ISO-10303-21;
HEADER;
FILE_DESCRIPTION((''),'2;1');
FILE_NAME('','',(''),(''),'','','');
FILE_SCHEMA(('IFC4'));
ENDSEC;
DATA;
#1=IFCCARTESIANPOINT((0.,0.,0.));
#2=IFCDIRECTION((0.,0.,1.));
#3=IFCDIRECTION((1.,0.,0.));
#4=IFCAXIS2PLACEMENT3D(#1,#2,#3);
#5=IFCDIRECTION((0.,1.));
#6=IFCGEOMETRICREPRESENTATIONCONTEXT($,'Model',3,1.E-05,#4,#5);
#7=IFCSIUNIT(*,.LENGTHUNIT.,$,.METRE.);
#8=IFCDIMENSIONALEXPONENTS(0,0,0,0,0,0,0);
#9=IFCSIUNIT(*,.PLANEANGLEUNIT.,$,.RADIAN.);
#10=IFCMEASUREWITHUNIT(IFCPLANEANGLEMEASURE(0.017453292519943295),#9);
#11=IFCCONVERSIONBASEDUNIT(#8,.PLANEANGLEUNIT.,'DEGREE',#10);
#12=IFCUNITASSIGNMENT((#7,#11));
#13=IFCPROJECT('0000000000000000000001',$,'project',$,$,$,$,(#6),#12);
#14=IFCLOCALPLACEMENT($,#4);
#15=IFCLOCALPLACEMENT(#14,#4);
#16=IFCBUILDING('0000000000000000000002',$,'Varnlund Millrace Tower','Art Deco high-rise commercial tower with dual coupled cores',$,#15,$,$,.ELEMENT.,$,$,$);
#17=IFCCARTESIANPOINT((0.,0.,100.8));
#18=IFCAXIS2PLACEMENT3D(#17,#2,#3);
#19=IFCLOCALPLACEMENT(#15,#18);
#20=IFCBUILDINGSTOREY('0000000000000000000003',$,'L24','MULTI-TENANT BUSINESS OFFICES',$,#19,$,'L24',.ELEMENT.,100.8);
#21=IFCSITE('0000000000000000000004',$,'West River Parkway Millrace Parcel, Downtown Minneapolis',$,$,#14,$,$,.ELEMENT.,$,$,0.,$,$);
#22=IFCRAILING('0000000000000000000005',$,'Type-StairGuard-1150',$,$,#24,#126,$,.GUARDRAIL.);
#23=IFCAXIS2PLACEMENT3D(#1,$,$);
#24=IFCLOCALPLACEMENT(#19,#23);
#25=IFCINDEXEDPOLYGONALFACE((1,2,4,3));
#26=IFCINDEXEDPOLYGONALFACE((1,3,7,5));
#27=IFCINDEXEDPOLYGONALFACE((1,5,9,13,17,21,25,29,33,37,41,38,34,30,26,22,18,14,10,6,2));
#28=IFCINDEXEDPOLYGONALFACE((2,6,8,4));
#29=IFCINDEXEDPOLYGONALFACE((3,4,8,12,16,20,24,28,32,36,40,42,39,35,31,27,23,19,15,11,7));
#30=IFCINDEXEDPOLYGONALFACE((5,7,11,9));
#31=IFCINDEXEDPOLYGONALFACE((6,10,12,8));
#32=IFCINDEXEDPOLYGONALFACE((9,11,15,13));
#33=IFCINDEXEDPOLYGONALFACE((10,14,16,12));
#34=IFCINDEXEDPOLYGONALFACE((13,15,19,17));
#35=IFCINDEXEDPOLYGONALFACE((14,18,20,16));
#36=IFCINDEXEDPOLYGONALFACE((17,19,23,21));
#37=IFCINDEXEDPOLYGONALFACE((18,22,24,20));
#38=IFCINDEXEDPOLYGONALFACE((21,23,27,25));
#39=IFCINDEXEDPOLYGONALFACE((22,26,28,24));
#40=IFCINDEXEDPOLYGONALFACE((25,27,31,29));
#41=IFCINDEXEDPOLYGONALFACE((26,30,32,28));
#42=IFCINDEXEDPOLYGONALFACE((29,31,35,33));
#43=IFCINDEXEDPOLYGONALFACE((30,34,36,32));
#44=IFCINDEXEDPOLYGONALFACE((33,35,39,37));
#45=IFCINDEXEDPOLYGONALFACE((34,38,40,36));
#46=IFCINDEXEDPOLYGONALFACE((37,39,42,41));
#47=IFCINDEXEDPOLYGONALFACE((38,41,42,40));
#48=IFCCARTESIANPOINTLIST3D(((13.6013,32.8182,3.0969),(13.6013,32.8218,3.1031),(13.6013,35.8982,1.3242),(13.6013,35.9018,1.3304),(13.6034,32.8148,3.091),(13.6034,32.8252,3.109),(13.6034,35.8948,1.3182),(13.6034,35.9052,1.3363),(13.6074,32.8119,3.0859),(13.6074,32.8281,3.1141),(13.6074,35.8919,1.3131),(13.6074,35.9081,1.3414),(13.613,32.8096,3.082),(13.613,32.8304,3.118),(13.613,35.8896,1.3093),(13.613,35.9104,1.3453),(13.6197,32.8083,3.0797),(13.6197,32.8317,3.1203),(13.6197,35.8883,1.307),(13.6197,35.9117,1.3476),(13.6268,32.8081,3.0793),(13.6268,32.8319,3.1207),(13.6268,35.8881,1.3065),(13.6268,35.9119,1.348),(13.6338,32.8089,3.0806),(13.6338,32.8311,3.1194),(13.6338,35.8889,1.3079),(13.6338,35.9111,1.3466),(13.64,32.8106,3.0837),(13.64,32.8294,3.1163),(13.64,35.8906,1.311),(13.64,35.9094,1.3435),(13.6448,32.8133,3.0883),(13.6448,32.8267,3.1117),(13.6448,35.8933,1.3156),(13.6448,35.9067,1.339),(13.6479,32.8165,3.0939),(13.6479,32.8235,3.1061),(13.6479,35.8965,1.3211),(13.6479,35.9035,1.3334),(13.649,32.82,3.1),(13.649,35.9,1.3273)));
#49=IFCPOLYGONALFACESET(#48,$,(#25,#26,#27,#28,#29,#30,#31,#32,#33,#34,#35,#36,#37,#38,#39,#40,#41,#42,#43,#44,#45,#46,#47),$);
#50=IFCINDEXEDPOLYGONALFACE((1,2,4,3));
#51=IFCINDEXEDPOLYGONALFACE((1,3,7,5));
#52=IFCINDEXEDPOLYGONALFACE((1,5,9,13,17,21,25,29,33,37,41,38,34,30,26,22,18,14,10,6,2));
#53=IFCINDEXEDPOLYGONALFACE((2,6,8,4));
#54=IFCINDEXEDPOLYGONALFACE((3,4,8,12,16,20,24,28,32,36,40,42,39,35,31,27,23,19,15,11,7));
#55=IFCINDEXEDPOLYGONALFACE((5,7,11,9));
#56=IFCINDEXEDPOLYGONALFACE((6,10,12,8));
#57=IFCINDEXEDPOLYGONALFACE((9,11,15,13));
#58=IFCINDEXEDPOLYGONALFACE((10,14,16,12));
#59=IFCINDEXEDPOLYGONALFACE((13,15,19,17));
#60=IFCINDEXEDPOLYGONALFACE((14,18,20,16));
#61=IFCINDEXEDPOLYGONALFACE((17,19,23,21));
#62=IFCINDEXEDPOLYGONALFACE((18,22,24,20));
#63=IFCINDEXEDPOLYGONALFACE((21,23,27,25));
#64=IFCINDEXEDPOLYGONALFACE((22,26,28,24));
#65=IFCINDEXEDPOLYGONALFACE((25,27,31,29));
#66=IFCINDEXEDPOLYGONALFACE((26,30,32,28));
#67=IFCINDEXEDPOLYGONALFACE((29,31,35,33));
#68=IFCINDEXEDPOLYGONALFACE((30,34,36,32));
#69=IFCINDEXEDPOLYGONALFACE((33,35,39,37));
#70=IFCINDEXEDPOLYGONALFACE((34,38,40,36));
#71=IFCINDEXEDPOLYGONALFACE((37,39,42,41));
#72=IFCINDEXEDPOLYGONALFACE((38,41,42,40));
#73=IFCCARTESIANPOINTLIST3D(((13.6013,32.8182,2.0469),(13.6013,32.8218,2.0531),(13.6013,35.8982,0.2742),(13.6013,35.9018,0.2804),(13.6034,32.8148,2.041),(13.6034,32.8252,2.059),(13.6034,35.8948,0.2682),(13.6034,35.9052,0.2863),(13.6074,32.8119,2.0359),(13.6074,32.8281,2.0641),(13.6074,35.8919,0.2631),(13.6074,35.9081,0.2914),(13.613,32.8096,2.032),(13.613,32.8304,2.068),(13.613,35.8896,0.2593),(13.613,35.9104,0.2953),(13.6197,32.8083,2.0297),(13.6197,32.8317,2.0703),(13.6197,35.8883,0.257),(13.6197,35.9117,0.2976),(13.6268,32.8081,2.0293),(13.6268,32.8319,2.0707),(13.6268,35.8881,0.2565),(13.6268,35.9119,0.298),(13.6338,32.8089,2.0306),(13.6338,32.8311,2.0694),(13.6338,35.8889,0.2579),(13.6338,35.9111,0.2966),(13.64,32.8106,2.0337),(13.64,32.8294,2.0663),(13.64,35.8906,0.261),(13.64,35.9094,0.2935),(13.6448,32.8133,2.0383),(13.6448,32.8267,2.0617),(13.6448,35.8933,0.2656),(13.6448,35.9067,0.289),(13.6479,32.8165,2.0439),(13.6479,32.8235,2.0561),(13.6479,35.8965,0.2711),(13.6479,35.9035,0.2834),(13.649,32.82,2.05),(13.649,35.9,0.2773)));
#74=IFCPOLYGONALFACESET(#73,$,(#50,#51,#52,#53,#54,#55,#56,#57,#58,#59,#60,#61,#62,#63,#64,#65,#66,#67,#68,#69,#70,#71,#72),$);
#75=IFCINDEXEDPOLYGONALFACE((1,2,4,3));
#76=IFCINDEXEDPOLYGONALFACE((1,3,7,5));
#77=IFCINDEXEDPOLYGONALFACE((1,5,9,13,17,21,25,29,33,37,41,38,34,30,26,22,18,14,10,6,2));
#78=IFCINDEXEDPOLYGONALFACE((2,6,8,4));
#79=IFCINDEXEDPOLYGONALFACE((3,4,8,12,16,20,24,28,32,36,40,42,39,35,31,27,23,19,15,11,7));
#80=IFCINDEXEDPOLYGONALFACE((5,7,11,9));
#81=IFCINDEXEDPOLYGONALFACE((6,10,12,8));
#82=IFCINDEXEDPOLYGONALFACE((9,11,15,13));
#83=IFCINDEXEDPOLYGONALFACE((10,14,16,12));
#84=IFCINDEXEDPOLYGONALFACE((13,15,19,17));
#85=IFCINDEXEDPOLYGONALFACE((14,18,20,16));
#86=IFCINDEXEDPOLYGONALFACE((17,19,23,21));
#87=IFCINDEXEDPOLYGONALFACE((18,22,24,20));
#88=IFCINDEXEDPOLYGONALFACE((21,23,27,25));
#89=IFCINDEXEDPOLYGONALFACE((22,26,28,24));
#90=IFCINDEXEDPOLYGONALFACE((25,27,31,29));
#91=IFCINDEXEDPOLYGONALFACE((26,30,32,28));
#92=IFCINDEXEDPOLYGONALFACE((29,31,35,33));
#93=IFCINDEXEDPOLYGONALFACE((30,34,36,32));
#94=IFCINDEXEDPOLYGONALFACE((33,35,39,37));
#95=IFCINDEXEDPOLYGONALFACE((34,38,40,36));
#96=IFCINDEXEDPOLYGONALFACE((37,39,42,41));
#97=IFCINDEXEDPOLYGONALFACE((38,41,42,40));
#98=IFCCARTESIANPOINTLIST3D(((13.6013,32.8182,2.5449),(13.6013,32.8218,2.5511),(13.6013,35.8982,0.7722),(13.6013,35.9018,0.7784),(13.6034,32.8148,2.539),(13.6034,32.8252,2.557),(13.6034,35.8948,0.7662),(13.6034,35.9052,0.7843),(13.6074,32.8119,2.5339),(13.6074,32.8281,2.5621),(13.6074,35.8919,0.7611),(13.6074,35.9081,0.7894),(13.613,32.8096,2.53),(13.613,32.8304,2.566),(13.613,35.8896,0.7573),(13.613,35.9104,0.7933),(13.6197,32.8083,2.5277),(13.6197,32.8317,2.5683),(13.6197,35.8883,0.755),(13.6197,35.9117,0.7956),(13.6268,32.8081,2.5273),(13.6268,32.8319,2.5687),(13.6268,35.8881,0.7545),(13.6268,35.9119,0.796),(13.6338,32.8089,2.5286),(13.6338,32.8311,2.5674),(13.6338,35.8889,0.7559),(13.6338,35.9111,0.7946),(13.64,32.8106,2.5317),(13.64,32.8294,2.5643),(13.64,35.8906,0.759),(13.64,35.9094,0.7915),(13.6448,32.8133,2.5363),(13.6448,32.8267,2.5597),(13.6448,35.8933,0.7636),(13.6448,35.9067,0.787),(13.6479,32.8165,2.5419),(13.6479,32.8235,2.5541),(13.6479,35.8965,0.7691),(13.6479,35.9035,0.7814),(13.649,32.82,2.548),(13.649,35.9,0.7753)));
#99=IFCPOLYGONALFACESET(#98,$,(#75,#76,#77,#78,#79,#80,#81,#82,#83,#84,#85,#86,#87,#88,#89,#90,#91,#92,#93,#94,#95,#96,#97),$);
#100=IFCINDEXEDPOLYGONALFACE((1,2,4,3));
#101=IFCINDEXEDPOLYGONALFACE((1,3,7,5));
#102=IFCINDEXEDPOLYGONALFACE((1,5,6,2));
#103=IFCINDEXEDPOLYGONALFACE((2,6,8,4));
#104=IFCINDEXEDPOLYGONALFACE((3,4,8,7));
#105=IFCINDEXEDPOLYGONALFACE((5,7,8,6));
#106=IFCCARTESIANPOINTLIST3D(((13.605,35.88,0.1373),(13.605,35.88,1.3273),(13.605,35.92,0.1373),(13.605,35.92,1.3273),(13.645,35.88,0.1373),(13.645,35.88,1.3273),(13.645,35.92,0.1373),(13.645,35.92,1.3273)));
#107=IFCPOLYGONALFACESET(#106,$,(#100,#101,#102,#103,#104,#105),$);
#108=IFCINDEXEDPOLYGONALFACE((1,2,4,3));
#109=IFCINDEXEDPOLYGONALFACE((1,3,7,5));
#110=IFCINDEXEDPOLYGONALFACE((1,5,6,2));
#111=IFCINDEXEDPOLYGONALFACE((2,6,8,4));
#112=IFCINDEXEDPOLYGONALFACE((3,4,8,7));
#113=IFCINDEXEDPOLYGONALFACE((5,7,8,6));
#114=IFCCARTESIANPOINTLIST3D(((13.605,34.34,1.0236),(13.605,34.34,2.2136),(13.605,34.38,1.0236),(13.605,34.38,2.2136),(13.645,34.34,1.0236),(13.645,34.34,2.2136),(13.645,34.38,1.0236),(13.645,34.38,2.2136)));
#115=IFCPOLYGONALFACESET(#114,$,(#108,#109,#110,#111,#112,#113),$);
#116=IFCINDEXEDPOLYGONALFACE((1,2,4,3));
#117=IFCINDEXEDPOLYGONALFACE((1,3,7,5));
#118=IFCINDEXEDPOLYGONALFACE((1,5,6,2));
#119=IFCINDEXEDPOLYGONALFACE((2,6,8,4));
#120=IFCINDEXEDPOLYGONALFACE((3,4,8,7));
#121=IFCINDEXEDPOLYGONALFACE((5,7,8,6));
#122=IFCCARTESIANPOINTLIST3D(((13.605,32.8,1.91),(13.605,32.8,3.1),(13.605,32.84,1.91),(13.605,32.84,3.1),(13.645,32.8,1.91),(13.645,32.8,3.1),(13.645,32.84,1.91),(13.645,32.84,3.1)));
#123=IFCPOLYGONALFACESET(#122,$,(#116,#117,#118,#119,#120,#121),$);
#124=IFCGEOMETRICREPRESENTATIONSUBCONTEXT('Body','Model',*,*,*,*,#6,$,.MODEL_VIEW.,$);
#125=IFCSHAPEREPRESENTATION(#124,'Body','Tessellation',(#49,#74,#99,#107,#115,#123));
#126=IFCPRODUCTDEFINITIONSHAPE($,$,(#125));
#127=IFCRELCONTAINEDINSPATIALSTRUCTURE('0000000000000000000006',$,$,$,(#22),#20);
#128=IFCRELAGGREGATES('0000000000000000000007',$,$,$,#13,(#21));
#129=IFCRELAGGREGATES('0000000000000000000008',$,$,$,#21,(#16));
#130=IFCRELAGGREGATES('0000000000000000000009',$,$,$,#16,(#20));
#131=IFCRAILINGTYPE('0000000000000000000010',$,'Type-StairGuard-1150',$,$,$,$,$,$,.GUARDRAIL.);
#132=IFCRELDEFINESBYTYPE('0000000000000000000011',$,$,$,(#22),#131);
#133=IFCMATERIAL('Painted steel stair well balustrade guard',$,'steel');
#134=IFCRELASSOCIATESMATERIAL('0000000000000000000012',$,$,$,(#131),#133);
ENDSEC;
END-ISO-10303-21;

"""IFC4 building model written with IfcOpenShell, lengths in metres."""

from ifc_helpers import new_model, entity, si_unit, converted_unit, direction, frame, origin_with_axes, origin_2d_with_axis, place, context, subcontext, project, spatial, rectangle, circle, extrude, material, type_object, element, save


model = new_model("IFC4")

# Units and contexts
model_context = context("Model", 3, precision=1e-05, world=origin_with_axes(), true_north=direction((0.0, 1.0)))
body_context = subcontext(model_context, "Body", "Model", "MODEL_VIEW")
ifc_project = project(units=[si_unit("LENGTHUNIT", "METRE"), converted_unit("PLANEANGLEUNIT", "DEGREE", entity("IfcPlaneAngleMeasure", 0.017453292519943295), si_unit("PLANEANGLEUNIT", "RADIAN"), dimensions=[0, 0, 0, 0, 0, 0, 0])], contexts=[model_context])

# Site, building, storey
site_placement = place(None, origin_with_axes())
site = spatial("IfcSite", under=ifc_project, at=site_placement, Name="West River Parkway Millrace Parcel, Downtown Minneapolis", CompositionType="ELEMENT", RefElevation=0.0)
building_placement = place(site_placement, origin_with_axes())
building = spatial("IfcBuilding", under=site, at=building_placement, Name="Varnlund Millrace Tower", Description="Art Deco high-rise commercial tower with dual coupled cores", CompositionType="ELEMENT")
storey_placement = place(building_placement, frame((0.0, 0.0, 100.8), z_axis=(0.0, 0.0, 1.0), x_axis=(1.0, 0.0, 0.0)))
storey = spatial("IfcBuildingStorey", under=building, at=storey_placement, Name="L24", Description="MULTI-TENANT BUSINESS OFFICES", LongName="L24", CompositionType="ELEMENT", Elevation=100.8)

# Railing
ifc_material_1 = material(Name="Painted steel stair well balustrade guard", Category="steel")
railing_type_1 = type_object("IfcRailingType", Name="Type-StairGuard-1150", PredefinedType="GUARDRAIL", material=ifc_material_1)
railing_1_placement = place(storey_placement, frame((0.0, 0.0, -100.8), z_axis=(0.0, 0.0, 1.0), x_axis=(1.0, 0.0, 0.0)))
element("IfcRailing", 1, at=railing_1_placement, inside=storey, type_object=railing_type_1, Name="Type-StairGuard-1150", PredefinedType="GUARDRAIL", context=body_context, shape_type="SweptSolid", body=[
    extrude(circle(Radius=0.024, at=origin_2d_with_axis()), frame((13.625, 35.9, 102.1273), z_axis=(0.0, -0.866696, 0.498836), x_axis=(1.0, 0.0, 0.0)), (0.0, 0.0, 1.0), 3.5537),
    extrude(circle(Radius=0.024, at=origin_2d_with_axis()), frame((13.625, 35.9, 101.0773), z_axis=(0.0, -0.866696, 0.498836), x_axis=(1.0, 0.0, 0.0)), (0.0, 0.0, 1.0), 3.5537),
    extrude(circle(Radius=0.024, at=origin_2d_with_axis()), frame((13.625, 35.9, 101.5753), z_axis=(0.0, -0.866696, 0.498836), x_axis=(1.0, 0.0, 0.0)), (0.0, 0.0, 1.0), 3.5537),
    extrude(rectangle(XDim=0.04, YDim=0.04, at=origin_2d_with_axis()), frame((13.625, 35.9, 100.9373), z_axis=(0.0, 0.0, 1.0), x_axis=(1.0, 0.0, 0.0)), (0.0, 0.0, 1.0), 1.19),
    extrude(rectangle(XDim=0.04, YDim=0.04, at=origin_2d_with_axis()), frame((13.625, 34.36, 101.8236), z_axis=(0.0, 0.0, 1.0), x_axis=(1.0, 0.0, 0.0)), (0.0, 0.0, 1.0), 1.19),
    extrude(rectangle(XDim=0.04, YDim=0.04, at=origin_2d_with_axis()), frame((13.625, 32.82, 102.71), z_axis=(0.0, 0.0, 1.0), x_axis=(1.0, 0.0, 0.0)), (0.0, 0.0, 1.0), 1.19),
])

save(model, "model.ifc")
